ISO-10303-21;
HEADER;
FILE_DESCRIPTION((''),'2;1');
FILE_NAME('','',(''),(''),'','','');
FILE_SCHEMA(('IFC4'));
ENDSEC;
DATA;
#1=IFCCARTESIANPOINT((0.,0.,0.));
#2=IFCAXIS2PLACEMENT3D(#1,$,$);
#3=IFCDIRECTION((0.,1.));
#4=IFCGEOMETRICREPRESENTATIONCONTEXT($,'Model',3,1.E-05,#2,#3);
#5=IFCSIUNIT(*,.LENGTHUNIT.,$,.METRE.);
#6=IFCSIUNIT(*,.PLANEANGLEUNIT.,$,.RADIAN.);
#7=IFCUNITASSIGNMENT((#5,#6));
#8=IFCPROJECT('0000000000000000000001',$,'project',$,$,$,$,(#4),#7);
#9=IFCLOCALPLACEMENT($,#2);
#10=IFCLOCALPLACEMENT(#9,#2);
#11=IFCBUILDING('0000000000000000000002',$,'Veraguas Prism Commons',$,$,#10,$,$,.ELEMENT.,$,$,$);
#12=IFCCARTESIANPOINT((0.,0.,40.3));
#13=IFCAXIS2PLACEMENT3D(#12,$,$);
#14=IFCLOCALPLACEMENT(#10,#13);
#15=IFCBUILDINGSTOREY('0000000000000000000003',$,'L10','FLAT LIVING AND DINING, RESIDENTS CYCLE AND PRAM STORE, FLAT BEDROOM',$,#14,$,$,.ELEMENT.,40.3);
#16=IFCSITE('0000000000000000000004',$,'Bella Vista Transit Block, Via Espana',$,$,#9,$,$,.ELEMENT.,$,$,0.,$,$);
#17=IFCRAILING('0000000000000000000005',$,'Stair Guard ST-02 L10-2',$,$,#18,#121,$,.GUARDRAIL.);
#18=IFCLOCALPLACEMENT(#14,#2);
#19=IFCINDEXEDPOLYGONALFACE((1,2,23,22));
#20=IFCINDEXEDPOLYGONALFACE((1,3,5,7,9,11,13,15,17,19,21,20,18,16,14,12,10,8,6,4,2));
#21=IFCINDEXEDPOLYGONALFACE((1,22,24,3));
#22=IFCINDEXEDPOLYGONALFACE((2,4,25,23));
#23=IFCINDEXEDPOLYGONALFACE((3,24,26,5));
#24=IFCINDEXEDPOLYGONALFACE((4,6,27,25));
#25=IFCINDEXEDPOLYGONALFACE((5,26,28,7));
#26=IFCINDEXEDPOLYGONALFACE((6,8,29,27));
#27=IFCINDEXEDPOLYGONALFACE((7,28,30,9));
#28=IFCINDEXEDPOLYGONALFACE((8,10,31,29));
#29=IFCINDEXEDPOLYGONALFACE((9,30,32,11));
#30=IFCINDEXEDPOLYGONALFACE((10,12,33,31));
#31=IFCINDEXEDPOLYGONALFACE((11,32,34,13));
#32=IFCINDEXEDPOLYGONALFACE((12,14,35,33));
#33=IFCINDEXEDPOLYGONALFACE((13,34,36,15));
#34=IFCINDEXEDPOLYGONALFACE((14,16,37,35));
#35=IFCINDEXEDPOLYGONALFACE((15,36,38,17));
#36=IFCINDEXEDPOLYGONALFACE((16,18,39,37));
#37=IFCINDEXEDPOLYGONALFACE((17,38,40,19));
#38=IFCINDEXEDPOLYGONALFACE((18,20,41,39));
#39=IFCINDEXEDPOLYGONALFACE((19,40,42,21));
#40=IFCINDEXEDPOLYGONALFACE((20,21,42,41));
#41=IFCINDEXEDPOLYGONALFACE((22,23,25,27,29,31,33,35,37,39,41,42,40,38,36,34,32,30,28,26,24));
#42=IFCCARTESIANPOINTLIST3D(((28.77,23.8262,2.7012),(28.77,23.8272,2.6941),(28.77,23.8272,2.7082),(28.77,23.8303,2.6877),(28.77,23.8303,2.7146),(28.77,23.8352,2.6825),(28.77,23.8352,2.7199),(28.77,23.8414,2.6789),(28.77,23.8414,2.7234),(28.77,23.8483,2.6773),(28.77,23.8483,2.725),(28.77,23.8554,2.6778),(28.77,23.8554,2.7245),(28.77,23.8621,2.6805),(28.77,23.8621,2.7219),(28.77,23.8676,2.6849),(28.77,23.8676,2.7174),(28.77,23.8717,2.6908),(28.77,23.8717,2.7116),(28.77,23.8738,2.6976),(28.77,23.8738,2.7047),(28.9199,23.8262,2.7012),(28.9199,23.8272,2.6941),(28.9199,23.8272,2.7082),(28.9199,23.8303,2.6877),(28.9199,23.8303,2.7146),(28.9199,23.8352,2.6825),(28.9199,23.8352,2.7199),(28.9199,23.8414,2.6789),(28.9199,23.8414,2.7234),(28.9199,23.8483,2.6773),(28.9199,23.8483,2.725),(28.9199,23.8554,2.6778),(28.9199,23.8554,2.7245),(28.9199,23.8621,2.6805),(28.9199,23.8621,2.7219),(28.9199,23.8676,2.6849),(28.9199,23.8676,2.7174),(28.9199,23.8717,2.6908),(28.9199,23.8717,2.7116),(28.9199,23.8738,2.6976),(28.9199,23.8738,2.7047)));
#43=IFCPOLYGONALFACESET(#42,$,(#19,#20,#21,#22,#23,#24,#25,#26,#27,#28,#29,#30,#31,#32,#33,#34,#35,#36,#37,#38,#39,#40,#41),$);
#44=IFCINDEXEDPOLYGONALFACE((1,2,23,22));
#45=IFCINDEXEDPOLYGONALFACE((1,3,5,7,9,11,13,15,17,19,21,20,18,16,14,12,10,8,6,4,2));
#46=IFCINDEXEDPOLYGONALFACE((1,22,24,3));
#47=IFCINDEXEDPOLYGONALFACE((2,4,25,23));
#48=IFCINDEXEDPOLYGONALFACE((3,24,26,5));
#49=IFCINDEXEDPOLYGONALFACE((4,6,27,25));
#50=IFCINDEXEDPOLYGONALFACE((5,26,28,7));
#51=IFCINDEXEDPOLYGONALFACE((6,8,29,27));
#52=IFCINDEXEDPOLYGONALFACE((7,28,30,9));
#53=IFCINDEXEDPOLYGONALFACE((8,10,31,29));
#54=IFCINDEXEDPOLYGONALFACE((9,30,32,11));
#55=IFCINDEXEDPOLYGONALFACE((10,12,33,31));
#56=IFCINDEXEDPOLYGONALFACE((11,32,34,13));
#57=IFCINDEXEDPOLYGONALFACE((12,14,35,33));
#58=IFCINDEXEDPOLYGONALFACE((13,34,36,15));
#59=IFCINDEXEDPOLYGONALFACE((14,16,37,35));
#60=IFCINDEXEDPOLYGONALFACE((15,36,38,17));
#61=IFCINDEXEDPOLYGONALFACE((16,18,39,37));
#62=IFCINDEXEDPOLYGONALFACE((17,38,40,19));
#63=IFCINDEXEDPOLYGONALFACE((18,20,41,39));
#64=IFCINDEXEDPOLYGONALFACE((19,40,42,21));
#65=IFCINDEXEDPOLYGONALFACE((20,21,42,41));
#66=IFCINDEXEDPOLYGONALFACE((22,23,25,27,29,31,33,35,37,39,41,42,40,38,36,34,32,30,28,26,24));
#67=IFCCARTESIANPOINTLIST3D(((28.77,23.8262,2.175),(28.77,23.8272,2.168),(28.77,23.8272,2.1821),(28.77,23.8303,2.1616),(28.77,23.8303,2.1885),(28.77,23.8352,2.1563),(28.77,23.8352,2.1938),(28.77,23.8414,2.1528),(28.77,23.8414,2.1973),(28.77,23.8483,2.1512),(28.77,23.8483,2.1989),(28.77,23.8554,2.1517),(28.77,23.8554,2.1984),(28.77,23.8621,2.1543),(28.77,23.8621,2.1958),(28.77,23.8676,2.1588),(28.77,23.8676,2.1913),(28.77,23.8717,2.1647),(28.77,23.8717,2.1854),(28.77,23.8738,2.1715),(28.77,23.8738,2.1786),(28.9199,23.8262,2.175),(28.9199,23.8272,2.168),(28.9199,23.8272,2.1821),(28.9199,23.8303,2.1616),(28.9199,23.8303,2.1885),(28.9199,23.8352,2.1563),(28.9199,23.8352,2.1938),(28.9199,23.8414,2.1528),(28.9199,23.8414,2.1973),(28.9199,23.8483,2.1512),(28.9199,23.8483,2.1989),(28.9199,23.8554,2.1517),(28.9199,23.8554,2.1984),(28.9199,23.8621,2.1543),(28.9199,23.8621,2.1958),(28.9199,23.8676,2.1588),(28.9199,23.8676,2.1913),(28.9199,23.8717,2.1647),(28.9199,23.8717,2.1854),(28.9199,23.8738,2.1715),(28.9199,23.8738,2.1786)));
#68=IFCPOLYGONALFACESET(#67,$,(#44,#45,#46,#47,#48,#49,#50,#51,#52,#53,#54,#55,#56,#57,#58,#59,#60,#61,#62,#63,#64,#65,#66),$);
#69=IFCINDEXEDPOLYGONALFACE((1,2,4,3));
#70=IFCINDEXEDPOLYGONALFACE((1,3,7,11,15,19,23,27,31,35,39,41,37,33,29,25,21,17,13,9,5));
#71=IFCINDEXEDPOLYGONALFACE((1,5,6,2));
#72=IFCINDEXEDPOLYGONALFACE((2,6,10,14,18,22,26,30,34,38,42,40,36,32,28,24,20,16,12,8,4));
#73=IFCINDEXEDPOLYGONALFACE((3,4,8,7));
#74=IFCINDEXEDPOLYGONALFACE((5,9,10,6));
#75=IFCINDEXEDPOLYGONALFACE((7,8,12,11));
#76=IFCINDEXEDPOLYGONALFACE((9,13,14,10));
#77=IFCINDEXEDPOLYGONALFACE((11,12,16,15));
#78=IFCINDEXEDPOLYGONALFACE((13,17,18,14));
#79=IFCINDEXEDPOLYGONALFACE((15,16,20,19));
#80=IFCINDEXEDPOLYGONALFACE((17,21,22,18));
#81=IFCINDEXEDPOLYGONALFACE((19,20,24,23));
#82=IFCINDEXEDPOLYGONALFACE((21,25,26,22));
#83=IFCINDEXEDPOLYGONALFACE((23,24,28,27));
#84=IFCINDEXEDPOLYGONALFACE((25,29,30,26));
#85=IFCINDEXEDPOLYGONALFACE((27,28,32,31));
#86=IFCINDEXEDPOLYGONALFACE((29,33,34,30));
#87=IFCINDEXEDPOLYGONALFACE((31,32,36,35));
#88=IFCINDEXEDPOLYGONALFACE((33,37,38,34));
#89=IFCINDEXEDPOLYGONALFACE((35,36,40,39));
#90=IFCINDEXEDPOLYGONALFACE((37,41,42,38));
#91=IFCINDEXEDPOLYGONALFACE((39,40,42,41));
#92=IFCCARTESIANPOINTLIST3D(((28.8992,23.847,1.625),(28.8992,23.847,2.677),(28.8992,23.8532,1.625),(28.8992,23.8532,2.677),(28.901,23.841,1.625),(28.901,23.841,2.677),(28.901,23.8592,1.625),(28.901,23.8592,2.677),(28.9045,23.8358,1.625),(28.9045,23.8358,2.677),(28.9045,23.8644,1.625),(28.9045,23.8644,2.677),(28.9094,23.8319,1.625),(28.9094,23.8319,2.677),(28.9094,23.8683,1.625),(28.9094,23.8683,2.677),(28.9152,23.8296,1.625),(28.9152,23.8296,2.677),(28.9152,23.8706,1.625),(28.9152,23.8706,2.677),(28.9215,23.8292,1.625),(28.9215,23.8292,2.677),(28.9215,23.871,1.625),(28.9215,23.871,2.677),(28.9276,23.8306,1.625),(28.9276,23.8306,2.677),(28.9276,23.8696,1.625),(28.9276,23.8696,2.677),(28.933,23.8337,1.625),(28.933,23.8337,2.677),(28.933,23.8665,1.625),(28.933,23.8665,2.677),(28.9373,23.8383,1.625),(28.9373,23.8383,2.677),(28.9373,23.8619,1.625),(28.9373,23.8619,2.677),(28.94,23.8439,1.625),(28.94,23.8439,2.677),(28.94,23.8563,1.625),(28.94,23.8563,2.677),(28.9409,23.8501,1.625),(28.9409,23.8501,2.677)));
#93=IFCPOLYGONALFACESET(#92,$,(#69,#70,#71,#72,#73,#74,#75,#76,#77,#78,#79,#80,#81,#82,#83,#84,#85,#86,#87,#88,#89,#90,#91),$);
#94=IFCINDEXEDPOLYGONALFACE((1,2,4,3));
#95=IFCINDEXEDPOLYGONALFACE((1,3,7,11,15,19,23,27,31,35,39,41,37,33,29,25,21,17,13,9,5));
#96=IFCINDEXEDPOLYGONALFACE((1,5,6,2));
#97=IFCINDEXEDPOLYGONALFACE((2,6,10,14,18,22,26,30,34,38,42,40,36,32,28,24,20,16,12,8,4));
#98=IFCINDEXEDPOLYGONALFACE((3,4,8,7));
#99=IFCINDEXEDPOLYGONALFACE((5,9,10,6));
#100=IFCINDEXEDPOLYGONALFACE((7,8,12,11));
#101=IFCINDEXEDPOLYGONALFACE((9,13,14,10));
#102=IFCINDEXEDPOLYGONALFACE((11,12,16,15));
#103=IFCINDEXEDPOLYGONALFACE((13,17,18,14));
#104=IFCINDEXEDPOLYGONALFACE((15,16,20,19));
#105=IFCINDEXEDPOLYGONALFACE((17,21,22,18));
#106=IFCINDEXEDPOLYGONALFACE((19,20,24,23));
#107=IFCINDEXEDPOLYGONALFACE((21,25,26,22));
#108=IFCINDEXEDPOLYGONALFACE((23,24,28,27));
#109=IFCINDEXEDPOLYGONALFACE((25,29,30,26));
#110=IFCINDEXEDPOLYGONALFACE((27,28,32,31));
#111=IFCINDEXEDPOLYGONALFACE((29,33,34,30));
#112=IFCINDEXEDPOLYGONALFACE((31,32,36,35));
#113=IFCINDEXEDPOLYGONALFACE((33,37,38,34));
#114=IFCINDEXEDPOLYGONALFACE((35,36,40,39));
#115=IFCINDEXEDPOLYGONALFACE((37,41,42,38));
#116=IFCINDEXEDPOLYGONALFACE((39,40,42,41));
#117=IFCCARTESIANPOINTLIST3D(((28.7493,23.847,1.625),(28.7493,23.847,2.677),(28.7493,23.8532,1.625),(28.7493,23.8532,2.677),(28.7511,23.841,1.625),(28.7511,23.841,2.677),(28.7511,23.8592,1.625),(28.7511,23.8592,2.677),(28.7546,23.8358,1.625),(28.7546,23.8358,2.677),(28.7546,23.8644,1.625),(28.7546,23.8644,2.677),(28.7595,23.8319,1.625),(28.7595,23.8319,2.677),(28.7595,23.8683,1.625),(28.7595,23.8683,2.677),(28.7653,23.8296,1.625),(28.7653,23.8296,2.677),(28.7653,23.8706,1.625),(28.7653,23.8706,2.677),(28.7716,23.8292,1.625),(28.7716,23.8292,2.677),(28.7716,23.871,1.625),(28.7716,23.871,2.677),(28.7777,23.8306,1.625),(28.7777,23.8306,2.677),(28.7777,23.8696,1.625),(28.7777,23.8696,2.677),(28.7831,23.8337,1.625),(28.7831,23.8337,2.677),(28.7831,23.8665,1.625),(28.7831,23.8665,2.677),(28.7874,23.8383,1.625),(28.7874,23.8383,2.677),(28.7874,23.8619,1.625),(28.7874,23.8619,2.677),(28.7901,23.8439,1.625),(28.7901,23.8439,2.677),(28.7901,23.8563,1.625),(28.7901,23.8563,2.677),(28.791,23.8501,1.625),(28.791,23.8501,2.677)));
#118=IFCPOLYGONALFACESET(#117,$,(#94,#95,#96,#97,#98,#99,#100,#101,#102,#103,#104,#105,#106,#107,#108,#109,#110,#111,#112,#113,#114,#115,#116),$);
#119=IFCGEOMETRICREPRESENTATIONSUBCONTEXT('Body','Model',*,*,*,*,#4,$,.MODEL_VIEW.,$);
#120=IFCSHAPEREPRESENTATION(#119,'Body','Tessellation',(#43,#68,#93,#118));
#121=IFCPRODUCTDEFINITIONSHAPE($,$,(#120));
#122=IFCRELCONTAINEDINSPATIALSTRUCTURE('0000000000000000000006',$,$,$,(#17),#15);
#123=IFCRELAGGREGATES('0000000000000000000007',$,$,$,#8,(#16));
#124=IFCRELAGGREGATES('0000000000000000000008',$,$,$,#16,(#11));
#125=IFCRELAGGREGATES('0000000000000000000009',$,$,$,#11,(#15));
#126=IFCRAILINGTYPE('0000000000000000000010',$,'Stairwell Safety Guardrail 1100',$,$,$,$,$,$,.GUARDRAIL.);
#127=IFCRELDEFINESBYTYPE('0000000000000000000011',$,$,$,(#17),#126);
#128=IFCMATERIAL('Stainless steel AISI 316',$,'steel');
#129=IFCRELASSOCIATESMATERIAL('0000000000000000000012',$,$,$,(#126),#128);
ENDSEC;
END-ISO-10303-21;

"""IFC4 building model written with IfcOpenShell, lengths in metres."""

from ifc_helpers import new_model, si_unit, direction, frame, origin, origin_2d, place, context, subcontext, project, spatial, circle, extrude, material, type_object, element, save


model = new_model("IFC4")

# Units and contexts
model_context = context("Model", 3, precision=1e-05, world=origin(), true_north=direction((0.0, 1.0)))
body_context = subcontext(model_context, "Body", "Model", "MODEL_VIEW")
ifc_project = project(units=[si_unit("LENGTHUNIT", "METRE"), si_unit("PLANEANGLEUNIT", "RADIAN")], contexts=[model_context])

# Site, building, storey
site_placement = place(None, origin())
site = spatial("IfcSite", under=ifc_project, at=site_placement, Name="Bella Vista Transit Block, Via Espana", CompositionType="ELEMENT", RefElevation=0.0)
building_placement = place(site_placement, origin())
building = spatial("IfcBuilding", under=site, at=building_placement, Name="Veraguas Prism Commons", CompositionType="ELEMENT")
storey_placement = place(building_placement, frame((0.0, 0.0, 40.3)))
storey = spatial("IfcBuildingStorey", under=building, at=storey_placement, Name="L10", Description="FLAT LIVING AND DINING, RESIDENTS CYCLE AND PRAM STORE, FLAT BEDROOM", CompositionType="ELEMENT", Elevation=40.3)

# Railing
ifc_material_1 = material(Name="Stainless steel AISI 316", Category="steel")
railing_type_1 = type_object("IfcRailingType", Name="Stairwell Safety Guardrail 1100", PredefinedType="GUARDRAIL", material=ifc_material_1)
railing_1_placement = place(storey_placement, frame((28.9199, 23.8501, 1.625)))
element("IfcRailing", 1, at=railing_1_placement, inside=storey, type_object=railing_type_1, Name="Stair Guard ST-02 L10-2", PredefinedType="GUARDRAIL", context=body_context, shape_type="SweptSolid", body=[
    extrude(circle(Radius=0.0239, at=origin_2d()), frame((0.0, 0.0, 1.0762), z_axis=(-1.0, 0.0, 0.0), x_axis=(0.0, -1.0, 0.0)), (0.0, 0.0, 1.0), 0.1499),
    extrude(circle(Radius=0.0239, at=origin_2d()), frame((0.0, 0.0, 0.55), z_axis=(-1.0, 0.0, 0.0), x_axis=(0.0, -1.0, 0.0)), (0.0, 0.0, 1.0), 0.1499),
    extrude(circle(Radius=0.021, at=origin_2d()), origin(), (0.0, 0.0, 1.0), 1.052),
    extrude(circle(Radius=0.021, at=origin_2d()), frame((-0.1499, 0.0, 0.0)), (0.0, 0.0, 1.0), 1.052),
])

save(model, "model.ifc")
